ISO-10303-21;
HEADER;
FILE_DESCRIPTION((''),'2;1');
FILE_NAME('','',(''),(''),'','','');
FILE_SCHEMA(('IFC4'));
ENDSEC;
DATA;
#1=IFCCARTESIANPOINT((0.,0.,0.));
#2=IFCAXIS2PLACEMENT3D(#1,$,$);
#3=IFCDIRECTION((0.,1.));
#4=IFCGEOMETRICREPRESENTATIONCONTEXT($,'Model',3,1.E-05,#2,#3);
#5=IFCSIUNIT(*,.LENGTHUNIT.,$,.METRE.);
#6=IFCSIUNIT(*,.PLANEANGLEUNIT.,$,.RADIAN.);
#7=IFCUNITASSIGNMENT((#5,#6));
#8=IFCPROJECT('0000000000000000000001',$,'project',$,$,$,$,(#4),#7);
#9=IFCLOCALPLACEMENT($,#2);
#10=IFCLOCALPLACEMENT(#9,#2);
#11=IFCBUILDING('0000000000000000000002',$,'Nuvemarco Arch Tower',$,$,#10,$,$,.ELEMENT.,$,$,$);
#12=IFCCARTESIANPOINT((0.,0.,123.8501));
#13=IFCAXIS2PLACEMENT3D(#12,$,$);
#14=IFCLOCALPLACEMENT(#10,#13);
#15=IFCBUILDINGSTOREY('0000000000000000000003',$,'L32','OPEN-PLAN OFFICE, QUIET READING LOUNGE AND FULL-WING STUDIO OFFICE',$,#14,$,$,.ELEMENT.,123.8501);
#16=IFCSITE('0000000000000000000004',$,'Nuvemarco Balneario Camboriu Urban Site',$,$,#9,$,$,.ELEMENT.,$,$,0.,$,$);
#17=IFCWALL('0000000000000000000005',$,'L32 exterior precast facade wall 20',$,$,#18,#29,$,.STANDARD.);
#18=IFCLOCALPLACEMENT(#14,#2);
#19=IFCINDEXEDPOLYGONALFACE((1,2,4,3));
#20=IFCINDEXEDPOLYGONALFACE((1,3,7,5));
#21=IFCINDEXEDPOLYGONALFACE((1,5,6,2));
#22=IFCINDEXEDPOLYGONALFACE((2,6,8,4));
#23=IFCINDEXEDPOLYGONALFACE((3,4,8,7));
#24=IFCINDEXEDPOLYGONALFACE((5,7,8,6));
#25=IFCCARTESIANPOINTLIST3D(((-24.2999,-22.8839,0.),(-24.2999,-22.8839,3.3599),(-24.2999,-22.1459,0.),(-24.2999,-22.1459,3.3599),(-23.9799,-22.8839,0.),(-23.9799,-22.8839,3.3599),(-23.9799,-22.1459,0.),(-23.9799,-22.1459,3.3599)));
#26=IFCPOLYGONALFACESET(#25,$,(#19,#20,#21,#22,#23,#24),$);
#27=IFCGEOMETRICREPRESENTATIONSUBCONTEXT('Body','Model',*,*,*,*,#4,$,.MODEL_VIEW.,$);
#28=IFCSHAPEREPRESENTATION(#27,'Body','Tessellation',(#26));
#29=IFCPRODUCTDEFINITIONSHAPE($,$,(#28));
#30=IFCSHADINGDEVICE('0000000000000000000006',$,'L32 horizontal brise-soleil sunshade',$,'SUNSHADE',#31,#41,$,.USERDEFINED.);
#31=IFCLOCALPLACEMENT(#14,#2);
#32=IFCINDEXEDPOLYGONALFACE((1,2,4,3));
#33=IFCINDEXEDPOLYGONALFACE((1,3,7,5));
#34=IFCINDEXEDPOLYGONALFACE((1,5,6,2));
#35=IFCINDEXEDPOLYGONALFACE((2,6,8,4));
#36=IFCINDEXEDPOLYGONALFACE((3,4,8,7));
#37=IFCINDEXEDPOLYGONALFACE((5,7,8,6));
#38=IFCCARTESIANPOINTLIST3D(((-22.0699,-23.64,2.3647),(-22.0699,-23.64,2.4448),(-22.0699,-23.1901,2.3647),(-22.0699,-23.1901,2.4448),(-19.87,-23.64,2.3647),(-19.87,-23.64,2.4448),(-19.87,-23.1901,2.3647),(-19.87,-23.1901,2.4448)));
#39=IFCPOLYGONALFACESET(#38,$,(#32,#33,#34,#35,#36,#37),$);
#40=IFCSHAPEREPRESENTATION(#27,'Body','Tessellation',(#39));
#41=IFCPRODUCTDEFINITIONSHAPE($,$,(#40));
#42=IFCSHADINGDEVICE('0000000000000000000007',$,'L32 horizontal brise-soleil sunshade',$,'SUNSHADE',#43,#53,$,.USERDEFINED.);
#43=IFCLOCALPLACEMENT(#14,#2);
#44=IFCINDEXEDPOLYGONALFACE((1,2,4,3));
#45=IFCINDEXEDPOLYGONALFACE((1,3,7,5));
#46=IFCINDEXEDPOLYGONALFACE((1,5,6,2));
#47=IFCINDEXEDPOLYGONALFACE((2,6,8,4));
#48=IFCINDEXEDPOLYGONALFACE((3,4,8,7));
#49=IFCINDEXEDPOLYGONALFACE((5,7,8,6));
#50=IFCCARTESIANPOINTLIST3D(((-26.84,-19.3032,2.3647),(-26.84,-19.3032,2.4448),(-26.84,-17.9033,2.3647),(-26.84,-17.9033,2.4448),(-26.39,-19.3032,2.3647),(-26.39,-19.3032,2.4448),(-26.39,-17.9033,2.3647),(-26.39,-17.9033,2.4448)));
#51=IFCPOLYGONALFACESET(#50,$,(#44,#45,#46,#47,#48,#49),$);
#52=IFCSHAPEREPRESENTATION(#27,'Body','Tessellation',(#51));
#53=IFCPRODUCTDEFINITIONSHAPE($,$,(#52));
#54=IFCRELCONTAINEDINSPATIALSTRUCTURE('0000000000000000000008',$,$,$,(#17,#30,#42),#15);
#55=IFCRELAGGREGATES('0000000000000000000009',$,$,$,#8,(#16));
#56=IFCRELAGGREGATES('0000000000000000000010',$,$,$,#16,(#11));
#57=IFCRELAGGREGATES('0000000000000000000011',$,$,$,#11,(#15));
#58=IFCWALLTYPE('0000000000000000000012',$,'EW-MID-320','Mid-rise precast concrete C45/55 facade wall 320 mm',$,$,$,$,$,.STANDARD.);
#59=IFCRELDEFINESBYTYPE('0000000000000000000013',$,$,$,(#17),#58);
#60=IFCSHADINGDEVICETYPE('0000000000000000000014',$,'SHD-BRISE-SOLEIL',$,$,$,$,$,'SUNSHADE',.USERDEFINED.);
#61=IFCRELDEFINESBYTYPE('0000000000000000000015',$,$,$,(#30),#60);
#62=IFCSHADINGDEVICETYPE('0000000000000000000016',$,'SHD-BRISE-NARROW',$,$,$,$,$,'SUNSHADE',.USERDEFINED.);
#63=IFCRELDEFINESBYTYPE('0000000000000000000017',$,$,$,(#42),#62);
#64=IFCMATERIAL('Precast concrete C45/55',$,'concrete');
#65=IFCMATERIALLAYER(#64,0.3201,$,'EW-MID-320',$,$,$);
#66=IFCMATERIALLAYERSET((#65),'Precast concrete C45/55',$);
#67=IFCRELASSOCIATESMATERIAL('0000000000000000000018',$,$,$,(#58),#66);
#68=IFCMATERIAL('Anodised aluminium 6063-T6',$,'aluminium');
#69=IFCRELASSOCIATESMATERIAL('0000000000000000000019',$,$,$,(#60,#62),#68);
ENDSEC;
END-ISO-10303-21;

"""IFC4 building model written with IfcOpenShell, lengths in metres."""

from ifc_helpers import new_model, si_unit, direction, frame, frame_2d, origin, origin_2d, place, context, subcontext, project, spatial, rectangle, extrude, source, transform, mapped, material, layer, layer_set, type_object, type_shapes, element, save


model = new_model("IFC4")

# Units and contexts
model_context = context("Model", 3, precision=1e-05, world=origin(), true_north=direction((0.0, 1.0)))
body_context = subcontext(model_context, "Body", "Model", "MODEL_VIEW")
ifc_project = project(units=[si_unit("LENGTHUNIT", "METRE"), si_unit("PLANEANGLEUNIT", "RADIAN")], contexts=[model_context])

# Site, building, storey
site_placement = place(None, origin())
site = spatial("IfcSite", under=ifc_project, at=site_placement, Name="Nuvemarco Balneario Camboriu Urban Site", CompositionType="ELEMENT", RefElevation=0.0)
building_placement = place(site_placement, origin())
building = spatial("IfcBuilding", under=site, at=building_placement, Name="Nuvemarco Arch Tower", CompositionType="ELEMENT")
storey_placement = place(building_placement, frame((0.0, 0.0, 123.8501)))
storey = spatial("IfcBuildingStorey", under=building, at=storey_placement, Name="L32", Description="OPEN-PLAN OFFICE, QUIET READING LOUNGE AND FULL-WING STUDIO OFFICE", CompositionType="ELEMENT", Elevation=123.8501)

# Shared definitions
ifc_material_1 = material(Name="Precast concrete C45/55", Category="concrete")
ifc_layer = layer(ifc_material_1, 0.3201, Name="EW-MID-320")
ifc_layer_set = layer_set([ifc_layer], Name="Precast concrete C45/55")
wall_type = type_object("IfcWallType", Name="EW-MID-320", Description="Mid-rise precast concrete C45/55 facade wall 320 mm", PredefinedType="STANDARD", material=ifc_layer_set)

# Wall
wall_1_placement = place(storey_placement, frame((-24.1399, -22.884, 0.0), z_axis=(0.0, 0.0, 1.0), x_axis=(0.0, 1.0, 0.0)))
element("IfcWall", 1, at=wall_1_placement, inside=storey, type_object=wall_type, Name="L32 exterior precast facade wall 20", PredefinedType="STANDARD", context=body_context, shape_type="SweptSolid", body=[
    extrude(rectangle(XDim=0.738, YDim=0.3201, at=frame_2d((0.3691, 0.0))), origin(), (0.0, 0.0, 1.0), 3.3599),
])

# Shading devices
ifc_material_2 = material(Name="Anodised aluminium 6063-T6", Category="aluminium")
shading_device_type_1 = type_object("IfcShadingDeviceType", Name="SHD-BRISE-SOLEIL", ElementType="SUNSHADE", PredefinedType="USERDEFINED", material=ifc_material_2)
shared_shape_1 = source(origin(), body_context, "Body", "SweptSolid", [
    extrude(rectangle(XDim=2.2, YDim=0.45, at=origin_2d()), origin(), (0.0, 0.0, 1.0), 0.0801),
])
type_shapes(shading_device_type_1, [shared_shape_1])
shading_device_1_placement = place(storey_placement, frame((-20.97, -23.415, 2.3647), z_axis=(0.0, 0.0, 1.0), x_axis=(1.0, 0.0, 0.0)))
element("IfcShadingDevice", 2, at=shading_device_1_placement, inside=storey, type_object=shading_device_type_1, Name="L32 horizontal brise-soleil sunshade", ObjectType="SUNSHADE", PredefinedType="USERDEFINED", context=body_context, shape_type="MappedRepresentation", body=[
    mapped(shared_shape_1, transform((0.0, 0.0, 0.0), scale=1.0)),
])
shading_device_type_2 = type_object("IfcShadingDeviceType", Name="SHD-BRISE-NARROW", ElementType="SUNSHADE", PredefinedType="USERDEFINED", material=ifc_material_2)
shared_shape_2 = source(origin(), body_context, "Body", "SweptSolid", [
    extrude(rectangle(XDim=1.3999, YDim=0.45, at=origin_2d()), origin(), (0.0, 0.0, 1.0), 0.0801),
])
type_shapes(shading_device_type_2, [shared_shape_2])
shading_device_2_placement = place(storey_placement, frame((-26.615, -18.6033, 2.3647), z_axis=(0.0, 0.0, 1.0), x_axis=(0.0, 1.0, 0.0)))
element("IfcShadingDevice", 3, at=shading_device_2_placement, inside=storey, type_object=shading_device_type_2, Name="L32 horizontal brise-soleil sunshade", ObjectType="SUNSHADE", PredefinedType="USERDEFINED", context=body_context, shape_type="MappedRepresentation", body=[
    mapped(shared_shape_2, transform((0.0, 0.0, 0.0), scale=1.0)),
])

save(model, "model.ifc")
